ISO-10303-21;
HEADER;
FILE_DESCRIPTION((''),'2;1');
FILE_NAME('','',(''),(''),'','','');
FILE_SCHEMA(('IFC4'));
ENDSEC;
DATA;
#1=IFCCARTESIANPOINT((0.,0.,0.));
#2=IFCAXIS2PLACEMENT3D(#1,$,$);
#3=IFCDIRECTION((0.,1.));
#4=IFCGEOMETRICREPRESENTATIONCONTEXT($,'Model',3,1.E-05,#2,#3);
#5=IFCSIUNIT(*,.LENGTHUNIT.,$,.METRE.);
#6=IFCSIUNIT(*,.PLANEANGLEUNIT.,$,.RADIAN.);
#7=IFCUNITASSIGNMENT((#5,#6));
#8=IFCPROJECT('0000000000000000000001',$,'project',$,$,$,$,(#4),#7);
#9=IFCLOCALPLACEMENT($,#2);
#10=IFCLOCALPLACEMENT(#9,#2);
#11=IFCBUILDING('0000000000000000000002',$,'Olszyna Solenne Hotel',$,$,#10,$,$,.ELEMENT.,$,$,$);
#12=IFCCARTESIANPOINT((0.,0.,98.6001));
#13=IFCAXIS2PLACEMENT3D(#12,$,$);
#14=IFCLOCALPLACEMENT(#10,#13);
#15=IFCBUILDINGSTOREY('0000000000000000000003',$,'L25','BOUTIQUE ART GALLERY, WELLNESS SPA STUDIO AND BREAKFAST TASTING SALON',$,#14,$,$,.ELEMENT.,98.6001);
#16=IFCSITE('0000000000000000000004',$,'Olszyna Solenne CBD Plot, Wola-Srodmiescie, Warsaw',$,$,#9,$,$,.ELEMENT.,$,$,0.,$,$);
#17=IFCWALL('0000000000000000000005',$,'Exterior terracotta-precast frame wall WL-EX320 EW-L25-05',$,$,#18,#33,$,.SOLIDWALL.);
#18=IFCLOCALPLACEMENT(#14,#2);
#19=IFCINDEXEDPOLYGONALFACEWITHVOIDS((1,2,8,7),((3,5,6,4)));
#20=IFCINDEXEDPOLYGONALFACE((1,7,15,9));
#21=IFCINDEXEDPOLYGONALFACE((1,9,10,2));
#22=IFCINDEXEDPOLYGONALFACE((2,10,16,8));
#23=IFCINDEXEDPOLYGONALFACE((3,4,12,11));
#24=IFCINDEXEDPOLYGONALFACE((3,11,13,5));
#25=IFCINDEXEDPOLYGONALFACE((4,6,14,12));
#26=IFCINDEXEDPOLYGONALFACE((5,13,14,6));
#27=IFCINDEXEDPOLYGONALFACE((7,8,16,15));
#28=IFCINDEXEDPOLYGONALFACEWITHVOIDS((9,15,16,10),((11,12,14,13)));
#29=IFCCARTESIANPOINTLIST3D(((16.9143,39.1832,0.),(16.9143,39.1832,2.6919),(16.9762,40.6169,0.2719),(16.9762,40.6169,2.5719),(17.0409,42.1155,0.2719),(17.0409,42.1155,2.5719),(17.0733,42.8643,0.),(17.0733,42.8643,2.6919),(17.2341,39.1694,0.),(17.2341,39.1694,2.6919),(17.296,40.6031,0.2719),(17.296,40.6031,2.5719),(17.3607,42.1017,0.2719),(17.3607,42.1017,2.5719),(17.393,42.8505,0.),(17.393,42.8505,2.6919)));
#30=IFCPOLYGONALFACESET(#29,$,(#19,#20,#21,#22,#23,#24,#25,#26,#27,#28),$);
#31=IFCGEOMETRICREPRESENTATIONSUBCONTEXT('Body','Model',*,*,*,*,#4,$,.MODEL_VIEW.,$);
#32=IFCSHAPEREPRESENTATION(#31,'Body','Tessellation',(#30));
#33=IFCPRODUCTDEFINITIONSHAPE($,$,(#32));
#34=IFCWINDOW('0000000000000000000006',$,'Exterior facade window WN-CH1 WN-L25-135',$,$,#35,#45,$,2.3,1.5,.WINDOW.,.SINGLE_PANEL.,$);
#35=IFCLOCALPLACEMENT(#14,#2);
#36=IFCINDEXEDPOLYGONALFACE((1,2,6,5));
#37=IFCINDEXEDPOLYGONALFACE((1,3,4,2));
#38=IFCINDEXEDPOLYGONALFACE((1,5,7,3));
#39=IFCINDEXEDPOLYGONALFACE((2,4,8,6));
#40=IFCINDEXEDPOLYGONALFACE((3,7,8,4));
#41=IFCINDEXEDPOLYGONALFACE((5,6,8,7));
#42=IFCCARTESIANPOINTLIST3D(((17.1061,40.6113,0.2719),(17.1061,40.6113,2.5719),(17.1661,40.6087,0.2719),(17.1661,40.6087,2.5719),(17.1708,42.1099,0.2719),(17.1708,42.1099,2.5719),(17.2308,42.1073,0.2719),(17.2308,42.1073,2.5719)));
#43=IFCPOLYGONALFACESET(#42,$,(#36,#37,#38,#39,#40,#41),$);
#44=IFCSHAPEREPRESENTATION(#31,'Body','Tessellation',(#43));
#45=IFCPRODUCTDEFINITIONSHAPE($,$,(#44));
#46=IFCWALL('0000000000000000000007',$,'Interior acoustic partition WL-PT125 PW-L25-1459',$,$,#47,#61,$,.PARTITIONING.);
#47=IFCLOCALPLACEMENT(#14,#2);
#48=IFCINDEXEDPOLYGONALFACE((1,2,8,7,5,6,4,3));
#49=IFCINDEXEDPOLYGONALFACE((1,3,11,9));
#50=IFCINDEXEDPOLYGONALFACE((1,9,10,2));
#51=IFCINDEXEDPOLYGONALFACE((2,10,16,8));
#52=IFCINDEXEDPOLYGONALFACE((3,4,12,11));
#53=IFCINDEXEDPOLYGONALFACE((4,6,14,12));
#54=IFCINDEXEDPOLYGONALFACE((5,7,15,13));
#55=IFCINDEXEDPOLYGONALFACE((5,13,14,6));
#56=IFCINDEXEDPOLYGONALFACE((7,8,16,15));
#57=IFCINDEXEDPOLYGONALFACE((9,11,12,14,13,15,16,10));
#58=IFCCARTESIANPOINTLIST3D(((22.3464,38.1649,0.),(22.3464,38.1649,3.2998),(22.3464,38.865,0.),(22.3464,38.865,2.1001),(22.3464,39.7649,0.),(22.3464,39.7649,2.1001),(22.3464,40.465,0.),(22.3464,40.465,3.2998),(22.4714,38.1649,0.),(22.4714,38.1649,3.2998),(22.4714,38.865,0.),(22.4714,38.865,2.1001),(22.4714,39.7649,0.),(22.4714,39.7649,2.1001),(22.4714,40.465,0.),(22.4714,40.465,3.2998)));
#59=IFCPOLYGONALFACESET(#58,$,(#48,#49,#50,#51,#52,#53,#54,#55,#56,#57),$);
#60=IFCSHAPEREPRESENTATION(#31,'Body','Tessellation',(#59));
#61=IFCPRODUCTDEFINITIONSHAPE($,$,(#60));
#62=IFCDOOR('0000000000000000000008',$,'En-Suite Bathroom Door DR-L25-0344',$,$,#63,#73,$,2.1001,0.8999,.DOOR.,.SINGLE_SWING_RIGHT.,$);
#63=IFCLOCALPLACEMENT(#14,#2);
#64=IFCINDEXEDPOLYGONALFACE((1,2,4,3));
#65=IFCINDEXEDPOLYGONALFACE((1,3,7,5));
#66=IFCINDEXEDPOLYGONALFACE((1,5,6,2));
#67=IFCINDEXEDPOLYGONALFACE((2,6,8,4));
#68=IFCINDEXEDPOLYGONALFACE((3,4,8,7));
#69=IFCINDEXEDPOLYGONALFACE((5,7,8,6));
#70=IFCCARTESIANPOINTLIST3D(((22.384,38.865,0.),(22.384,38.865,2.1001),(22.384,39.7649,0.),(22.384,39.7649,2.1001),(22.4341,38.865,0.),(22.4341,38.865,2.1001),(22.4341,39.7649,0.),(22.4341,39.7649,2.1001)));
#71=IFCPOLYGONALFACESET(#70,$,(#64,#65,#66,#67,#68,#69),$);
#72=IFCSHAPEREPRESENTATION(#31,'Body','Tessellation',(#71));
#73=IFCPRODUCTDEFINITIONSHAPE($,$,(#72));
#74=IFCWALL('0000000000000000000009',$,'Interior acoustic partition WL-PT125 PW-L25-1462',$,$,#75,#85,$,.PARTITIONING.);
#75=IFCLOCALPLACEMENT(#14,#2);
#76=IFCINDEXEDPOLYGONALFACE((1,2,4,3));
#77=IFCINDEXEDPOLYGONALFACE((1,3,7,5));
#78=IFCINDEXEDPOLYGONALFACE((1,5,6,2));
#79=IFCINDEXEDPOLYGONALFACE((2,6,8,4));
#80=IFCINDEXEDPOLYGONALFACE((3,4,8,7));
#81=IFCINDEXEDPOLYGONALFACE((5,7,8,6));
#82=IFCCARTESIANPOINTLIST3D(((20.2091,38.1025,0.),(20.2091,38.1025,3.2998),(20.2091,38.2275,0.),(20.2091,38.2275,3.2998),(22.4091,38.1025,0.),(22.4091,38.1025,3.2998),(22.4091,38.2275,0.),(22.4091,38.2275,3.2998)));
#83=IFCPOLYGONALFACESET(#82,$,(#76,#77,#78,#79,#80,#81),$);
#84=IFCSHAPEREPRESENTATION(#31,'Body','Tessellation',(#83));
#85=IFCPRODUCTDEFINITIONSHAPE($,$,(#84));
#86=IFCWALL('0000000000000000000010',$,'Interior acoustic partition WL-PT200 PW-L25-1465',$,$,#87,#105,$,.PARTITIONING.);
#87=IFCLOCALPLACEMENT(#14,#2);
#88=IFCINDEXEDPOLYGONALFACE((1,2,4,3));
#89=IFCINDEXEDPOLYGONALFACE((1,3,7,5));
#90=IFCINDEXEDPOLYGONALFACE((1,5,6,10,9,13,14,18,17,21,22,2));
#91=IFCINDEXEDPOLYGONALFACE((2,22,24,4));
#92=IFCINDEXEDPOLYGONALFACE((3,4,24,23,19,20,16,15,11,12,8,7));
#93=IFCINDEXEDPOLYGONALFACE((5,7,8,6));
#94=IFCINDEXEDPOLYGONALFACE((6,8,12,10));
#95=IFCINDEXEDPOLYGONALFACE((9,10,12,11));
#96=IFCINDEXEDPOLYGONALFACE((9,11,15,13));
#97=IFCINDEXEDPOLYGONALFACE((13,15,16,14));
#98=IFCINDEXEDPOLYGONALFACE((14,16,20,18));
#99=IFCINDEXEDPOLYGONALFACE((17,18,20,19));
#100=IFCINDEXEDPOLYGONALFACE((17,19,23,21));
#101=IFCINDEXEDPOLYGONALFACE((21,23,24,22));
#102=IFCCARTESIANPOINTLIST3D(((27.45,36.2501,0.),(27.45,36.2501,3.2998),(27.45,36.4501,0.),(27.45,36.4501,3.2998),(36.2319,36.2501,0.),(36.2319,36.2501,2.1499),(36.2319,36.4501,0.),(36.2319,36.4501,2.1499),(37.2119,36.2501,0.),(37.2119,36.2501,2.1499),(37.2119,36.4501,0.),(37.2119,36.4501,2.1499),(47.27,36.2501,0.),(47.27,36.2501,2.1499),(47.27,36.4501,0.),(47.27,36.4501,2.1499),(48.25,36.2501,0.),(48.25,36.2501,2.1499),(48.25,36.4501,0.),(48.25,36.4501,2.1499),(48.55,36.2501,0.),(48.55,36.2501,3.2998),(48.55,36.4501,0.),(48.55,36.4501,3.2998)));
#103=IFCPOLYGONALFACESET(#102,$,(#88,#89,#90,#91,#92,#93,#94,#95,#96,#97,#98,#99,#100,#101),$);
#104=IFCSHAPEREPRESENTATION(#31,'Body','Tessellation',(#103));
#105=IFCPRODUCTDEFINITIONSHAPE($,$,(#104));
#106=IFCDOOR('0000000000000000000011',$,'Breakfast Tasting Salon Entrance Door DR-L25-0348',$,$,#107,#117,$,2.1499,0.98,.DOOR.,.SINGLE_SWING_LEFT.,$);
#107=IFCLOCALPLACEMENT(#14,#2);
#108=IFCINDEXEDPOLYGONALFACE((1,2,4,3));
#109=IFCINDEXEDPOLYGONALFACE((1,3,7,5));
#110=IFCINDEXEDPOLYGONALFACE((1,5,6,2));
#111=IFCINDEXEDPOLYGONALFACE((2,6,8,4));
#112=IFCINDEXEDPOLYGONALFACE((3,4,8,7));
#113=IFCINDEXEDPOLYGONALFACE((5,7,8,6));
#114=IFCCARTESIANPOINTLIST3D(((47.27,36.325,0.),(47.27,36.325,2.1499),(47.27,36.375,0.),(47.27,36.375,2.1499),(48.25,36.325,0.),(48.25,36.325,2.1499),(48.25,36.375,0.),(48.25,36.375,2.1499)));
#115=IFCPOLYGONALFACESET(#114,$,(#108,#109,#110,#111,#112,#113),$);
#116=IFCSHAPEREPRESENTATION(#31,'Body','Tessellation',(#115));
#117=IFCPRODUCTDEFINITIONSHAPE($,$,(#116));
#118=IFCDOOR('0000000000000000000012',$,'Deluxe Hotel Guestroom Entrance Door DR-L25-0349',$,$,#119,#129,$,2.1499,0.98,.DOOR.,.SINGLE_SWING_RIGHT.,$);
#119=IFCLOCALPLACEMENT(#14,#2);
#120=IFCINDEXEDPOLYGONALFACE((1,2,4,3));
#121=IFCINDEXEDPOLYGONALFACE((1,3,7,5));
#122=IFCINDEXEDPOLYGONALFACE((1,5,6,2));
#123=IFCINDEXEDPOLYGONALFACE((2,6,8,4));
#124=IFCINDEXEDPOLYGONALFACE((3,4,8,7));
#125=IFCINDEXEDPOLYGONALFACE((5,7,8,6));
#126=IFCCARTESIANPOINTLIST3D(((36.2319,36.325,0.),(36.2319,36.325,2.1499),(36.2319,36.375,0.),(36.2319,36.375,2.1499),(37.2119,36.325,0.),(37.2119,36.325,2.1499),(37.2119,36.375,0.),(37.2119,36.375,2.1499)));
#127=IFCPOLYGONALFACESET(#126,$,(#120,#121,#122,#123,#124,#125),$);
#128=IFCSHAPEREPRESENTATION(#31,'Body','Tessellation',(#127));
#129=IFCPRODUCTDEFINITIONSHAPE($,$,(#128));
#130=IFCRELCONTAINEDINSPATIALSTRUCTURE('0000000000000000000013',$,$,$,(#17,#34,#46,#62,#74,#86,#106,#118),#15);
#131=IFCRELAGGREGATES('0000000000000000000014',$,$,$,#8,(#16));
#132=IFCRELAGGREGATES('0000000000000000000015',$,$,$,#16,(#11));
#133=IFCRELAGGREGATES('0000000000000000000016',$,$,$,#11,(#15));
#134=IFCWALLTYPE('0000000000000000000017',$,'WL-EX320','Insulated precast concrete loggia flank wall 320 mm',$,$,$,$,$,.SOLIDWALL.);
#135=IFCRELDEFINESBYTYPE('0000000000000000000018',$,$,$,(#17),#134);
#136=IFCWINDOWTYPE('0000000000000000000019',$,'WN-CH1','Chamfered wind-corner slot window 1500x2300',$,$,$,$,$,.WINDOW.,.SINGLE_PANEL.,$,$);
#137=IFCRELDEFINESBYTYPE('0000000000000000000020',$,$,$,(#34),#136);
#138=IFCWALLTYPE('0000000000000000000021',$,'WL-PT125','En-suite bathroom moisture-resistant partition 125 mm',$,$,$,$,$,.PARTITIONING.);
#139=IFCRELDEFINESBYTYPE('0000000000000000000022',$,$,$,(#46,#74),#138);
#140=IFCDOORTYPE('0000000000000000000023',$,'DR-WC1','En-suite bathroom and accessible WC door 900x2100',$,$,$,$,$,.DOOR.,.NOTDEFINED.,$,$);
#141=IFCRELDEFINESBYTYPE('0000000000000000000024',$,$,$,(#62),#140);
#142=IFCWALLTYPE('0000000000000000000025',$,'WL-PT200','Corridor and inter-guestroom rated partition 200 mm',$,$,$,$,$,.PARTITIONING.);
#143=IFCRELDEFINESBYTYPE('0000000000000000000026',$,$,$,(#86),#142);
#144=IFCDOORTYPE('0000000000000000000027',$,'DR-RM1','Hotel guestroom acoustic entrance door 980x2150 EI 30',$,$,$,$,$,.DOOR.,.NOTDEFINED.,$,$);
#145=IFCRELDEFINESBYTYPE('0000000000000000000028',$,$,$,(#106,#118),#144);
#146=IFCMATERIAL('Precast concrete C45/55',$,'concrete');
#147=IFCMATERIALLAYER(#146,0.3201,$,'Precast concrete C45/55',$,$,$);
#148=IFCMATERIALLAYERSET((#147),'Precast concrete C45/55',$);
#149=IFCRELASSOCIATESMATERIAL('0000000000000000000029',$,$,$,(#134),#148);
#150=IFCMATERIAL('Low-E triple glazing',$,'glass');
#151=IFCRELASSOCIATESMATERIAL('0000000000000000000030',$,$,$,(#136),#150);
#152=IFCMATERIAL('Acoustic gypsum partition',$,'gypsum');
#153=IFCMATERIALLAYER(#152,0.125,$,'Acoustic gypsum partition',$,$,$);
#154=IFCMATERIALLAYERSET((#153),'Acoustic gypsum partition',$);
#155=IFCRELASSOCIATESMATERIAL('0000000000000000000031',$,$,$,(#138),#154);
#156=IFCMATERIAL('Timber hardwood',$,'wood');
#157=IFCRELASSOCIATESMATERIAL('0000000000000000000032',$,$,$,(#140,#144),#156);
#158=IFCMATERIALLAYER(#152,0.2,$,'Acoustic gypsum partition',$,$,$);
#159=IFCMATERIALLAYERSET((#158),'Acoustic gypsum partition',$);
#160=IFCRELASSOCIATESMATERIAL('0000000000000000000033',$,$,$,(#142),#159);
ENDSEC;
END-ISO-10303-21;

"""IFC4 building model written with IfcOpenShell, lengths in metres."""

from ifc_helpers import new_model, si_unit, direction, frame, frame_2d, origin, place, context, subcontext, project, spatial, rectangle, extrude, source, transform, mapped, material, layer, layer_set, type_object, type_shapes, element, fill, save


model = new_model("IFC4")

# Units and contexts
model_context = context("Model", 3, precision=1e-05, world=origin(), true_north=direction((0.0, 1.0)))
body_context = subcontext(model_context, "Body", "Model", "MODEL_VIEW")
ifc_project = project(units=[si_unit("LENGTHUNIT", "METRE"), si_unit("PLANEANGLEUNIT", "RADIAN")], contexts=[model_context])

# Site, building, storey
site_placement = place(None, origin())
site = spatial("IfcSite", under=ifc_project, at=site_placement, Name="Olszyna Solenne CBD Plot, Wola-Srodmiescie, Warsaw", CompositionType="ELEMENT", RefElevation=0.0)
building_placement = place(site_placement, origin())
building = spatial("IfcBuilding", under=site, at=building_placement, Name="Olszyna Solenne Hotel", CompositionType="ELEMENT")
storey_placement = place(building_placement, frame((0.0, 0.0, 98.6001)))
storey = spatial("IfcBuildingStorey", under=building, at=storey_placement, Name="L25", Description="BOUTIQUE ART GALLERY, WELLNESS SPA STUDIO AND BREAKFAST TASTING SALON", CompositionType="ELEMENT", Elevation=98.6001)

# Wall, opening, window
ifc_material_1 = material(Name="Precast concrete C45/55", Category="concrete")
ifc_layer_1 = layer(ifc_material_1, 0.3201, Name="Precast concrete C45/55")
ifc_layer_set_1 = layer_set([ifc_layer_1], Name="Precast concrete C45/55")
wall_type_1 = type_object("IfcWallType", Name="WL-EX320", Description="Insulated precast concrete loggia flank wall 320 mm", PredefinedType="SOLIDWALL", material=ifc_layer_set_1)
wall_1_placement = place(storey_placement, frame((17.0742, 39.1763, 0.0), z_axis=(0.0, 0.0, 1.0), x_axis=(0.043135, 0.999069, 0.0)))
wall_1 = element("IfcWall", 1, at=wall_1_placement, inside=storey, type_object=wall_type_1, Name="Exterior terracotta-precast frame wall WL-EX320 EW-L25-05", PredefinedType="SOLIDWALL", context=body_context, shape_type="SweptSolid", body=[
    extrude(rectangle(XDim=3.6846, YDim=0.3201, at=frame_2d((1.8423, 0.0))), origin(), (0.0, 0.0, 1.0), 2.6919),
])
opening_1_placement = place(wall_1_placement, frame((1.4351, 0.0, 0.272)))
opening_1 = element("IfcOpeningElement", 2, at=opening_1_placement, cuts=wall_1, PredefinedType="OPENING", context=body_context, shape_type="SweptSolid", body=[
    extrude(rectangle(XDim=1.5, YDim=2.3, at=frame_2d((0.75, 1.1499))), frame((0.0, 0.1699, 0.0), z_axis=(0.0, -1.0, 0.0), x_axis=(1.0, 0.0, 0.0)), (0.0, 0.0, 1.0), 0.3401),
])
ifc_material_2 = material(Name="Low-E triple glazing", Category="glass")
window_type = type_object("IfcWindowType", Name="WN-CH1", Description="Chamfered wind-corner slot window 1500x2300", PartitioningType="SINGLE_PANEL", PredefinedType="WINDOW", material=ifc_material_2)
shared_shape_1 = source(origin(), body_context, "Body", "SweptSolid", [
    extrude(rectangle(XDim=1.5, YDim=2.3, at=frame_2d((0.75, 1.1499))), frame((0.0, 0.03, 0.0), z_axis=(0.0, -1.0, 0.0), x_axis=(1.0, 0.0, 0.0)), (0.0, 0.0, 1.0), 0.0601),
])
type_shapes(window_type, [shared_shape_1])
window_placement = place(opening_1_placement, origin())
window = element("IfcWindow", 3, at=window_placement, inside=storey, type_object=window_type, Name="Exterior facade window WN-CH1 WN-L25-135", OverallHeight=2.3, OverallWidth=1.5, PartitioningType="SINGLE_PANEL", PredefinedType="WINDOW", context=body_context, shape_type="MappedRepresentation", body=[
    mapped(shared_shape_1, transform((0.0, 0.0, 0.0), x_axis=(1.0, 0.0, 0.0), y_axis=(0.0, 1.0, 0.0), z_axis=(0.0, 0.0, 1.0), scale=1.0)),
])
fill(opening_1, window)

# Wall, opening, door
ifc_material_3 = material(Name="Acoustic gypsum partition", Category="gypsum")
ifc_layer_2 = layer(ifc_material_3, 0.125, Name="Acoustic gypsum partition")
ifc_layer_set_2 = layer_set([ifc_layer_2], Name="Acoustic gypsum partition")
wall_type_2 = type_object("IfcWallType", Name="WL-PT125", Description="En-suite bathroom moisture-resistant partition 125 mm", PredefinedType="PARTITIONING", material=ifc_layer_set_2)
wall_2_placement = place(storey_placement, frame((22.4089, 38.165, 0.0), z_axis=(0.0, 0.0, 1.0), x_axis=(0.0, 1.0, 0.0)))
wall_2 = element("IfcWall", 4, at=wall_2_placement, inside=storey, type_object=wall_type_2, Name="Interior acoustic partition WL-PT125 PW-L25-1459", PredefinedType="PARTITIONING", context=body_context, shape_type="SweptSolid", body=[
    extrude(rectangle(XDim=2.3, YDim=0.125, at=frame_2d((1.1499, 0.0))), origin(), (0.0, 0.0, 1.0), 3.2998),
])
opening_2_placement = place(wall_2_placement, frame((0.7, 0.0, 0.0)))
opening_2 = element("IfcOpeningElement", 5, at=opening_2_placement, cuts=wall_2, PredefinedType="OPENING", context=body_context, shape_type="SweptSolid", body=[
    extrude(rectangle(XDim=0.8999, YDim=2.1001, at=frame_2d((0.45, 1.05))), frame((0.0, 0.0725, 0.0), z_axis=(0.0, -1.0, 0.0), x_axis=(1.0, 0.0, 0.0)), (0.0, 0.0, 1.0), 0.145),
])
ifc_material_4 = material(Name="Timber hardwood", Category="wood")
door_type_1 = type_object("IfcDoorType", Name="DR-WC1", Description="En-suite bathroom and accessible WC door 900x2100", OperationType="NOTDEFINED", PredefinedType="DOOR", material=ifc_material_4)
shared_shape_2 = source(origin(), body_context, "Body", "SweptSolid", [
    extrude(rectangle(XDim=0.8999, YDim=2.1001, at=frame_2d((0.45, 1.05))), frame((0.0, 0.0249, 0.0), z_axis=(0.0, -1.0, 0.0), x_axis=(1.0, 0.0, 0.0)), (0.0, 0.0, 1.0), 0.05),
])
type_shapes(door_type_1, [shared_shape_2])
door_1_placement = place(opening_2_placement, origin())
door_1 = element("IfcDoor", 6, at=door_1_placement, inside=storey, type_object=door_type_1, Name="En-Suite Bathroom Door DR-L25-0344", OperationType="SINGLE_SWING_RIGHT", OverallHeight=2.1001, OverallWidth=0.8999, PredefinedType="DOOR", context=body_context, shape_type="MappedRepresentation", body=[
    mapped(shared_shape_2, transform((0.0, 0.0, 0.0), x_axis=(1.0, 0.0, 0.0), y_axis=(0.0, 1.0, 0.0), z_axis=(0.0, 0.0, 1.0), scale=1.0)),
])
fill(opening_2, door_1)

# Wall
wall_3_placement = place(storey_placement, frame((20.209, 38.165, 0.0), z_axis=(0.0, 0.0, 1.0), x_axis=(1.0, 0.0, 0.0)))
element("IfcWall", 7, at=wall_3_placement, inside=storey, type_object=wall_type_2, Name="Interior acoustic partition WL-PT125 PW-L25-1462", PredefinedType="PARTITIONING", context=body_context, shape_type="SweptSolid", body=[
    extrude(rectangle(XDim=2.2, YDim=0.125, at=frame_2d((1.1001, 0.0))), origin(), (0.0, 0.0, 1.0), 3.2998),
])

# Wall, openings, doors
ifc_layer_3 = layer(ifc_material_3, 0.2, Name="Acoustic gypsum partition")
ifc_layer_set_3 = layer_set([ifc_layer_3], Name="Acoustic gypsum partition")
wall_type_3 = type_object("IfcWallType", Name="WL-PT200", Description="Corridor and inter-guestroom rated partition 200 mm", PredefinedType="PARTITIONING", material=ifc_layer_set_3)
wall_4_placement = place(storey_placement, frame((27.45, 36.3501, 0.0), z_axis=(0.0, 0.0, 1.0), x_axis=(1.0, 0.0, 0.0)))
wall_4 = element("IfcWall", 8, at=wall_4_placement, inside=storey, type_object=wall_type_3, Name="Interior acoustic partition WL-PT200 PW-L25-1465", PredefinedType="PARTITIONING", context=body_context, shape_type="SweptSolid", body=[
    extrude(rectangle(XDim=21.1001, YDim=0.2, at=frame_2d((10.55, 0.0))), origin(), (0.0, 0.0, 1.0), 3.2998),
])
opening_3_placement = place(wall_4_placement, frame((19.8201, 0.0, 0.0)))
opening_3 = element("IfcOpeningElement", 9, at=opening_3_placement, cuts=wall_4, PredefinedType="OPENING", context=body_context, shape_type="SweptSolid", body=[
    extrude(rectangle(XDim=0.98, YDim=2.1499, at=frame_2d((0.49, 1.075))), frame((0.0, 0.1099, 0.0), z_axis=(0.0, -1.0, 0.0), x_axis=(1.0, 0.0, 0.0)), (0.0, 0.0, 1.0), 0.22),
])
opening_4_placement = place(wall_4_placement, frame((8.782, 0.0, 0.0)))
opening_4 = element("IfcOpeningElement", 10, at=opening_4_placement, cuts=wall_4, PredefinedType="OPENING", context=body_context, shape_type="SweptSolid", body=[
    extrude(rectangle(XDim=0.98, YDim=2.1499, at=frame_2d((0.49, 1.075))), frame((0.0, 0.1099, 0.0), z_axis=(0.0, -1.0, 0.0), x_axis=(1.0, 0.0, 0.0)), (0.0, 0.0, 1.0), 0.22),
])
door_type_2 = type_object("IfcDoorType", Name="DR-RM1", Description="Hotel guestroom acoustic entrance door 980x2150 EI 30", OperationType="NOTDEFINED", PredefinedType="DOOR", material=ifc_material_4)
shared_shape_3 = source(origin(), body_context, "Body", "SweptSolid", [
    extrude(rectangle(XDim=0.98, YDim=2.1499, at=frame_2d((0.49, 1.075))), frame((0.0, 0.0249, 0.0), z_axis=(0.0, -1.0, 0.0), x_axis=(1.0, 0.0, 0.0)), (0.0, 0.0, 1.0), 0.05),
])
type_shapes(door_type_2, [shared_shape_3])
door_2_placement = place(opening_3_placement, origin())
door_2 = element("IfcDoor", 11, at=door_2_placement, inside=storey, type_object=door_type_2, Name="Breakfast Tasting Salon Entrance Door DR-L25-0348", OperationType="SINGLE_SWING_LEFT", OverallHeight=2.1499, OverallWidth=0.98, PredefinedType="DOOR", context=body_context, shape_type="MappedRepresentation", body=[
    mapped(shared_shape_3, transform((0.0, 0.0, 0.0), x_axis=(1.0, 0.0, 0.0), y_axis=(0.0, 1.0, 0.0), z_axis=(0.0, 0.0, 1.0), scale=1.0)),
])
fill(opening_3, door_2)
door_3_placement = place(opening_4_placement, origin())
door_3 = element("IfcDoor", 12, at=door_3_placement, inside=storey, type_object=door_type_2, Name="Deluxe Hotel Guestroom Entrance Door DR-L25-0349", OperationType="SINGLE_SWING_RIGHT", OverallHeight=2.1499, OverallWidth=0.98, PredefinedType="DOOR", context=body_context, shape_type="MappedRepresentation", body=[
    mapped(shared_shape_3, transform((0.0, 0.0, 0.0), x_axis=(1.0, 0.0, 0.0), y_axis=(0.0, 1.0, 0.0), z_axis=(0.0, 0.0, 1.0), scale=1.0)),
])
fill(opening_4, door_3)

save(model, "model.ifc")
